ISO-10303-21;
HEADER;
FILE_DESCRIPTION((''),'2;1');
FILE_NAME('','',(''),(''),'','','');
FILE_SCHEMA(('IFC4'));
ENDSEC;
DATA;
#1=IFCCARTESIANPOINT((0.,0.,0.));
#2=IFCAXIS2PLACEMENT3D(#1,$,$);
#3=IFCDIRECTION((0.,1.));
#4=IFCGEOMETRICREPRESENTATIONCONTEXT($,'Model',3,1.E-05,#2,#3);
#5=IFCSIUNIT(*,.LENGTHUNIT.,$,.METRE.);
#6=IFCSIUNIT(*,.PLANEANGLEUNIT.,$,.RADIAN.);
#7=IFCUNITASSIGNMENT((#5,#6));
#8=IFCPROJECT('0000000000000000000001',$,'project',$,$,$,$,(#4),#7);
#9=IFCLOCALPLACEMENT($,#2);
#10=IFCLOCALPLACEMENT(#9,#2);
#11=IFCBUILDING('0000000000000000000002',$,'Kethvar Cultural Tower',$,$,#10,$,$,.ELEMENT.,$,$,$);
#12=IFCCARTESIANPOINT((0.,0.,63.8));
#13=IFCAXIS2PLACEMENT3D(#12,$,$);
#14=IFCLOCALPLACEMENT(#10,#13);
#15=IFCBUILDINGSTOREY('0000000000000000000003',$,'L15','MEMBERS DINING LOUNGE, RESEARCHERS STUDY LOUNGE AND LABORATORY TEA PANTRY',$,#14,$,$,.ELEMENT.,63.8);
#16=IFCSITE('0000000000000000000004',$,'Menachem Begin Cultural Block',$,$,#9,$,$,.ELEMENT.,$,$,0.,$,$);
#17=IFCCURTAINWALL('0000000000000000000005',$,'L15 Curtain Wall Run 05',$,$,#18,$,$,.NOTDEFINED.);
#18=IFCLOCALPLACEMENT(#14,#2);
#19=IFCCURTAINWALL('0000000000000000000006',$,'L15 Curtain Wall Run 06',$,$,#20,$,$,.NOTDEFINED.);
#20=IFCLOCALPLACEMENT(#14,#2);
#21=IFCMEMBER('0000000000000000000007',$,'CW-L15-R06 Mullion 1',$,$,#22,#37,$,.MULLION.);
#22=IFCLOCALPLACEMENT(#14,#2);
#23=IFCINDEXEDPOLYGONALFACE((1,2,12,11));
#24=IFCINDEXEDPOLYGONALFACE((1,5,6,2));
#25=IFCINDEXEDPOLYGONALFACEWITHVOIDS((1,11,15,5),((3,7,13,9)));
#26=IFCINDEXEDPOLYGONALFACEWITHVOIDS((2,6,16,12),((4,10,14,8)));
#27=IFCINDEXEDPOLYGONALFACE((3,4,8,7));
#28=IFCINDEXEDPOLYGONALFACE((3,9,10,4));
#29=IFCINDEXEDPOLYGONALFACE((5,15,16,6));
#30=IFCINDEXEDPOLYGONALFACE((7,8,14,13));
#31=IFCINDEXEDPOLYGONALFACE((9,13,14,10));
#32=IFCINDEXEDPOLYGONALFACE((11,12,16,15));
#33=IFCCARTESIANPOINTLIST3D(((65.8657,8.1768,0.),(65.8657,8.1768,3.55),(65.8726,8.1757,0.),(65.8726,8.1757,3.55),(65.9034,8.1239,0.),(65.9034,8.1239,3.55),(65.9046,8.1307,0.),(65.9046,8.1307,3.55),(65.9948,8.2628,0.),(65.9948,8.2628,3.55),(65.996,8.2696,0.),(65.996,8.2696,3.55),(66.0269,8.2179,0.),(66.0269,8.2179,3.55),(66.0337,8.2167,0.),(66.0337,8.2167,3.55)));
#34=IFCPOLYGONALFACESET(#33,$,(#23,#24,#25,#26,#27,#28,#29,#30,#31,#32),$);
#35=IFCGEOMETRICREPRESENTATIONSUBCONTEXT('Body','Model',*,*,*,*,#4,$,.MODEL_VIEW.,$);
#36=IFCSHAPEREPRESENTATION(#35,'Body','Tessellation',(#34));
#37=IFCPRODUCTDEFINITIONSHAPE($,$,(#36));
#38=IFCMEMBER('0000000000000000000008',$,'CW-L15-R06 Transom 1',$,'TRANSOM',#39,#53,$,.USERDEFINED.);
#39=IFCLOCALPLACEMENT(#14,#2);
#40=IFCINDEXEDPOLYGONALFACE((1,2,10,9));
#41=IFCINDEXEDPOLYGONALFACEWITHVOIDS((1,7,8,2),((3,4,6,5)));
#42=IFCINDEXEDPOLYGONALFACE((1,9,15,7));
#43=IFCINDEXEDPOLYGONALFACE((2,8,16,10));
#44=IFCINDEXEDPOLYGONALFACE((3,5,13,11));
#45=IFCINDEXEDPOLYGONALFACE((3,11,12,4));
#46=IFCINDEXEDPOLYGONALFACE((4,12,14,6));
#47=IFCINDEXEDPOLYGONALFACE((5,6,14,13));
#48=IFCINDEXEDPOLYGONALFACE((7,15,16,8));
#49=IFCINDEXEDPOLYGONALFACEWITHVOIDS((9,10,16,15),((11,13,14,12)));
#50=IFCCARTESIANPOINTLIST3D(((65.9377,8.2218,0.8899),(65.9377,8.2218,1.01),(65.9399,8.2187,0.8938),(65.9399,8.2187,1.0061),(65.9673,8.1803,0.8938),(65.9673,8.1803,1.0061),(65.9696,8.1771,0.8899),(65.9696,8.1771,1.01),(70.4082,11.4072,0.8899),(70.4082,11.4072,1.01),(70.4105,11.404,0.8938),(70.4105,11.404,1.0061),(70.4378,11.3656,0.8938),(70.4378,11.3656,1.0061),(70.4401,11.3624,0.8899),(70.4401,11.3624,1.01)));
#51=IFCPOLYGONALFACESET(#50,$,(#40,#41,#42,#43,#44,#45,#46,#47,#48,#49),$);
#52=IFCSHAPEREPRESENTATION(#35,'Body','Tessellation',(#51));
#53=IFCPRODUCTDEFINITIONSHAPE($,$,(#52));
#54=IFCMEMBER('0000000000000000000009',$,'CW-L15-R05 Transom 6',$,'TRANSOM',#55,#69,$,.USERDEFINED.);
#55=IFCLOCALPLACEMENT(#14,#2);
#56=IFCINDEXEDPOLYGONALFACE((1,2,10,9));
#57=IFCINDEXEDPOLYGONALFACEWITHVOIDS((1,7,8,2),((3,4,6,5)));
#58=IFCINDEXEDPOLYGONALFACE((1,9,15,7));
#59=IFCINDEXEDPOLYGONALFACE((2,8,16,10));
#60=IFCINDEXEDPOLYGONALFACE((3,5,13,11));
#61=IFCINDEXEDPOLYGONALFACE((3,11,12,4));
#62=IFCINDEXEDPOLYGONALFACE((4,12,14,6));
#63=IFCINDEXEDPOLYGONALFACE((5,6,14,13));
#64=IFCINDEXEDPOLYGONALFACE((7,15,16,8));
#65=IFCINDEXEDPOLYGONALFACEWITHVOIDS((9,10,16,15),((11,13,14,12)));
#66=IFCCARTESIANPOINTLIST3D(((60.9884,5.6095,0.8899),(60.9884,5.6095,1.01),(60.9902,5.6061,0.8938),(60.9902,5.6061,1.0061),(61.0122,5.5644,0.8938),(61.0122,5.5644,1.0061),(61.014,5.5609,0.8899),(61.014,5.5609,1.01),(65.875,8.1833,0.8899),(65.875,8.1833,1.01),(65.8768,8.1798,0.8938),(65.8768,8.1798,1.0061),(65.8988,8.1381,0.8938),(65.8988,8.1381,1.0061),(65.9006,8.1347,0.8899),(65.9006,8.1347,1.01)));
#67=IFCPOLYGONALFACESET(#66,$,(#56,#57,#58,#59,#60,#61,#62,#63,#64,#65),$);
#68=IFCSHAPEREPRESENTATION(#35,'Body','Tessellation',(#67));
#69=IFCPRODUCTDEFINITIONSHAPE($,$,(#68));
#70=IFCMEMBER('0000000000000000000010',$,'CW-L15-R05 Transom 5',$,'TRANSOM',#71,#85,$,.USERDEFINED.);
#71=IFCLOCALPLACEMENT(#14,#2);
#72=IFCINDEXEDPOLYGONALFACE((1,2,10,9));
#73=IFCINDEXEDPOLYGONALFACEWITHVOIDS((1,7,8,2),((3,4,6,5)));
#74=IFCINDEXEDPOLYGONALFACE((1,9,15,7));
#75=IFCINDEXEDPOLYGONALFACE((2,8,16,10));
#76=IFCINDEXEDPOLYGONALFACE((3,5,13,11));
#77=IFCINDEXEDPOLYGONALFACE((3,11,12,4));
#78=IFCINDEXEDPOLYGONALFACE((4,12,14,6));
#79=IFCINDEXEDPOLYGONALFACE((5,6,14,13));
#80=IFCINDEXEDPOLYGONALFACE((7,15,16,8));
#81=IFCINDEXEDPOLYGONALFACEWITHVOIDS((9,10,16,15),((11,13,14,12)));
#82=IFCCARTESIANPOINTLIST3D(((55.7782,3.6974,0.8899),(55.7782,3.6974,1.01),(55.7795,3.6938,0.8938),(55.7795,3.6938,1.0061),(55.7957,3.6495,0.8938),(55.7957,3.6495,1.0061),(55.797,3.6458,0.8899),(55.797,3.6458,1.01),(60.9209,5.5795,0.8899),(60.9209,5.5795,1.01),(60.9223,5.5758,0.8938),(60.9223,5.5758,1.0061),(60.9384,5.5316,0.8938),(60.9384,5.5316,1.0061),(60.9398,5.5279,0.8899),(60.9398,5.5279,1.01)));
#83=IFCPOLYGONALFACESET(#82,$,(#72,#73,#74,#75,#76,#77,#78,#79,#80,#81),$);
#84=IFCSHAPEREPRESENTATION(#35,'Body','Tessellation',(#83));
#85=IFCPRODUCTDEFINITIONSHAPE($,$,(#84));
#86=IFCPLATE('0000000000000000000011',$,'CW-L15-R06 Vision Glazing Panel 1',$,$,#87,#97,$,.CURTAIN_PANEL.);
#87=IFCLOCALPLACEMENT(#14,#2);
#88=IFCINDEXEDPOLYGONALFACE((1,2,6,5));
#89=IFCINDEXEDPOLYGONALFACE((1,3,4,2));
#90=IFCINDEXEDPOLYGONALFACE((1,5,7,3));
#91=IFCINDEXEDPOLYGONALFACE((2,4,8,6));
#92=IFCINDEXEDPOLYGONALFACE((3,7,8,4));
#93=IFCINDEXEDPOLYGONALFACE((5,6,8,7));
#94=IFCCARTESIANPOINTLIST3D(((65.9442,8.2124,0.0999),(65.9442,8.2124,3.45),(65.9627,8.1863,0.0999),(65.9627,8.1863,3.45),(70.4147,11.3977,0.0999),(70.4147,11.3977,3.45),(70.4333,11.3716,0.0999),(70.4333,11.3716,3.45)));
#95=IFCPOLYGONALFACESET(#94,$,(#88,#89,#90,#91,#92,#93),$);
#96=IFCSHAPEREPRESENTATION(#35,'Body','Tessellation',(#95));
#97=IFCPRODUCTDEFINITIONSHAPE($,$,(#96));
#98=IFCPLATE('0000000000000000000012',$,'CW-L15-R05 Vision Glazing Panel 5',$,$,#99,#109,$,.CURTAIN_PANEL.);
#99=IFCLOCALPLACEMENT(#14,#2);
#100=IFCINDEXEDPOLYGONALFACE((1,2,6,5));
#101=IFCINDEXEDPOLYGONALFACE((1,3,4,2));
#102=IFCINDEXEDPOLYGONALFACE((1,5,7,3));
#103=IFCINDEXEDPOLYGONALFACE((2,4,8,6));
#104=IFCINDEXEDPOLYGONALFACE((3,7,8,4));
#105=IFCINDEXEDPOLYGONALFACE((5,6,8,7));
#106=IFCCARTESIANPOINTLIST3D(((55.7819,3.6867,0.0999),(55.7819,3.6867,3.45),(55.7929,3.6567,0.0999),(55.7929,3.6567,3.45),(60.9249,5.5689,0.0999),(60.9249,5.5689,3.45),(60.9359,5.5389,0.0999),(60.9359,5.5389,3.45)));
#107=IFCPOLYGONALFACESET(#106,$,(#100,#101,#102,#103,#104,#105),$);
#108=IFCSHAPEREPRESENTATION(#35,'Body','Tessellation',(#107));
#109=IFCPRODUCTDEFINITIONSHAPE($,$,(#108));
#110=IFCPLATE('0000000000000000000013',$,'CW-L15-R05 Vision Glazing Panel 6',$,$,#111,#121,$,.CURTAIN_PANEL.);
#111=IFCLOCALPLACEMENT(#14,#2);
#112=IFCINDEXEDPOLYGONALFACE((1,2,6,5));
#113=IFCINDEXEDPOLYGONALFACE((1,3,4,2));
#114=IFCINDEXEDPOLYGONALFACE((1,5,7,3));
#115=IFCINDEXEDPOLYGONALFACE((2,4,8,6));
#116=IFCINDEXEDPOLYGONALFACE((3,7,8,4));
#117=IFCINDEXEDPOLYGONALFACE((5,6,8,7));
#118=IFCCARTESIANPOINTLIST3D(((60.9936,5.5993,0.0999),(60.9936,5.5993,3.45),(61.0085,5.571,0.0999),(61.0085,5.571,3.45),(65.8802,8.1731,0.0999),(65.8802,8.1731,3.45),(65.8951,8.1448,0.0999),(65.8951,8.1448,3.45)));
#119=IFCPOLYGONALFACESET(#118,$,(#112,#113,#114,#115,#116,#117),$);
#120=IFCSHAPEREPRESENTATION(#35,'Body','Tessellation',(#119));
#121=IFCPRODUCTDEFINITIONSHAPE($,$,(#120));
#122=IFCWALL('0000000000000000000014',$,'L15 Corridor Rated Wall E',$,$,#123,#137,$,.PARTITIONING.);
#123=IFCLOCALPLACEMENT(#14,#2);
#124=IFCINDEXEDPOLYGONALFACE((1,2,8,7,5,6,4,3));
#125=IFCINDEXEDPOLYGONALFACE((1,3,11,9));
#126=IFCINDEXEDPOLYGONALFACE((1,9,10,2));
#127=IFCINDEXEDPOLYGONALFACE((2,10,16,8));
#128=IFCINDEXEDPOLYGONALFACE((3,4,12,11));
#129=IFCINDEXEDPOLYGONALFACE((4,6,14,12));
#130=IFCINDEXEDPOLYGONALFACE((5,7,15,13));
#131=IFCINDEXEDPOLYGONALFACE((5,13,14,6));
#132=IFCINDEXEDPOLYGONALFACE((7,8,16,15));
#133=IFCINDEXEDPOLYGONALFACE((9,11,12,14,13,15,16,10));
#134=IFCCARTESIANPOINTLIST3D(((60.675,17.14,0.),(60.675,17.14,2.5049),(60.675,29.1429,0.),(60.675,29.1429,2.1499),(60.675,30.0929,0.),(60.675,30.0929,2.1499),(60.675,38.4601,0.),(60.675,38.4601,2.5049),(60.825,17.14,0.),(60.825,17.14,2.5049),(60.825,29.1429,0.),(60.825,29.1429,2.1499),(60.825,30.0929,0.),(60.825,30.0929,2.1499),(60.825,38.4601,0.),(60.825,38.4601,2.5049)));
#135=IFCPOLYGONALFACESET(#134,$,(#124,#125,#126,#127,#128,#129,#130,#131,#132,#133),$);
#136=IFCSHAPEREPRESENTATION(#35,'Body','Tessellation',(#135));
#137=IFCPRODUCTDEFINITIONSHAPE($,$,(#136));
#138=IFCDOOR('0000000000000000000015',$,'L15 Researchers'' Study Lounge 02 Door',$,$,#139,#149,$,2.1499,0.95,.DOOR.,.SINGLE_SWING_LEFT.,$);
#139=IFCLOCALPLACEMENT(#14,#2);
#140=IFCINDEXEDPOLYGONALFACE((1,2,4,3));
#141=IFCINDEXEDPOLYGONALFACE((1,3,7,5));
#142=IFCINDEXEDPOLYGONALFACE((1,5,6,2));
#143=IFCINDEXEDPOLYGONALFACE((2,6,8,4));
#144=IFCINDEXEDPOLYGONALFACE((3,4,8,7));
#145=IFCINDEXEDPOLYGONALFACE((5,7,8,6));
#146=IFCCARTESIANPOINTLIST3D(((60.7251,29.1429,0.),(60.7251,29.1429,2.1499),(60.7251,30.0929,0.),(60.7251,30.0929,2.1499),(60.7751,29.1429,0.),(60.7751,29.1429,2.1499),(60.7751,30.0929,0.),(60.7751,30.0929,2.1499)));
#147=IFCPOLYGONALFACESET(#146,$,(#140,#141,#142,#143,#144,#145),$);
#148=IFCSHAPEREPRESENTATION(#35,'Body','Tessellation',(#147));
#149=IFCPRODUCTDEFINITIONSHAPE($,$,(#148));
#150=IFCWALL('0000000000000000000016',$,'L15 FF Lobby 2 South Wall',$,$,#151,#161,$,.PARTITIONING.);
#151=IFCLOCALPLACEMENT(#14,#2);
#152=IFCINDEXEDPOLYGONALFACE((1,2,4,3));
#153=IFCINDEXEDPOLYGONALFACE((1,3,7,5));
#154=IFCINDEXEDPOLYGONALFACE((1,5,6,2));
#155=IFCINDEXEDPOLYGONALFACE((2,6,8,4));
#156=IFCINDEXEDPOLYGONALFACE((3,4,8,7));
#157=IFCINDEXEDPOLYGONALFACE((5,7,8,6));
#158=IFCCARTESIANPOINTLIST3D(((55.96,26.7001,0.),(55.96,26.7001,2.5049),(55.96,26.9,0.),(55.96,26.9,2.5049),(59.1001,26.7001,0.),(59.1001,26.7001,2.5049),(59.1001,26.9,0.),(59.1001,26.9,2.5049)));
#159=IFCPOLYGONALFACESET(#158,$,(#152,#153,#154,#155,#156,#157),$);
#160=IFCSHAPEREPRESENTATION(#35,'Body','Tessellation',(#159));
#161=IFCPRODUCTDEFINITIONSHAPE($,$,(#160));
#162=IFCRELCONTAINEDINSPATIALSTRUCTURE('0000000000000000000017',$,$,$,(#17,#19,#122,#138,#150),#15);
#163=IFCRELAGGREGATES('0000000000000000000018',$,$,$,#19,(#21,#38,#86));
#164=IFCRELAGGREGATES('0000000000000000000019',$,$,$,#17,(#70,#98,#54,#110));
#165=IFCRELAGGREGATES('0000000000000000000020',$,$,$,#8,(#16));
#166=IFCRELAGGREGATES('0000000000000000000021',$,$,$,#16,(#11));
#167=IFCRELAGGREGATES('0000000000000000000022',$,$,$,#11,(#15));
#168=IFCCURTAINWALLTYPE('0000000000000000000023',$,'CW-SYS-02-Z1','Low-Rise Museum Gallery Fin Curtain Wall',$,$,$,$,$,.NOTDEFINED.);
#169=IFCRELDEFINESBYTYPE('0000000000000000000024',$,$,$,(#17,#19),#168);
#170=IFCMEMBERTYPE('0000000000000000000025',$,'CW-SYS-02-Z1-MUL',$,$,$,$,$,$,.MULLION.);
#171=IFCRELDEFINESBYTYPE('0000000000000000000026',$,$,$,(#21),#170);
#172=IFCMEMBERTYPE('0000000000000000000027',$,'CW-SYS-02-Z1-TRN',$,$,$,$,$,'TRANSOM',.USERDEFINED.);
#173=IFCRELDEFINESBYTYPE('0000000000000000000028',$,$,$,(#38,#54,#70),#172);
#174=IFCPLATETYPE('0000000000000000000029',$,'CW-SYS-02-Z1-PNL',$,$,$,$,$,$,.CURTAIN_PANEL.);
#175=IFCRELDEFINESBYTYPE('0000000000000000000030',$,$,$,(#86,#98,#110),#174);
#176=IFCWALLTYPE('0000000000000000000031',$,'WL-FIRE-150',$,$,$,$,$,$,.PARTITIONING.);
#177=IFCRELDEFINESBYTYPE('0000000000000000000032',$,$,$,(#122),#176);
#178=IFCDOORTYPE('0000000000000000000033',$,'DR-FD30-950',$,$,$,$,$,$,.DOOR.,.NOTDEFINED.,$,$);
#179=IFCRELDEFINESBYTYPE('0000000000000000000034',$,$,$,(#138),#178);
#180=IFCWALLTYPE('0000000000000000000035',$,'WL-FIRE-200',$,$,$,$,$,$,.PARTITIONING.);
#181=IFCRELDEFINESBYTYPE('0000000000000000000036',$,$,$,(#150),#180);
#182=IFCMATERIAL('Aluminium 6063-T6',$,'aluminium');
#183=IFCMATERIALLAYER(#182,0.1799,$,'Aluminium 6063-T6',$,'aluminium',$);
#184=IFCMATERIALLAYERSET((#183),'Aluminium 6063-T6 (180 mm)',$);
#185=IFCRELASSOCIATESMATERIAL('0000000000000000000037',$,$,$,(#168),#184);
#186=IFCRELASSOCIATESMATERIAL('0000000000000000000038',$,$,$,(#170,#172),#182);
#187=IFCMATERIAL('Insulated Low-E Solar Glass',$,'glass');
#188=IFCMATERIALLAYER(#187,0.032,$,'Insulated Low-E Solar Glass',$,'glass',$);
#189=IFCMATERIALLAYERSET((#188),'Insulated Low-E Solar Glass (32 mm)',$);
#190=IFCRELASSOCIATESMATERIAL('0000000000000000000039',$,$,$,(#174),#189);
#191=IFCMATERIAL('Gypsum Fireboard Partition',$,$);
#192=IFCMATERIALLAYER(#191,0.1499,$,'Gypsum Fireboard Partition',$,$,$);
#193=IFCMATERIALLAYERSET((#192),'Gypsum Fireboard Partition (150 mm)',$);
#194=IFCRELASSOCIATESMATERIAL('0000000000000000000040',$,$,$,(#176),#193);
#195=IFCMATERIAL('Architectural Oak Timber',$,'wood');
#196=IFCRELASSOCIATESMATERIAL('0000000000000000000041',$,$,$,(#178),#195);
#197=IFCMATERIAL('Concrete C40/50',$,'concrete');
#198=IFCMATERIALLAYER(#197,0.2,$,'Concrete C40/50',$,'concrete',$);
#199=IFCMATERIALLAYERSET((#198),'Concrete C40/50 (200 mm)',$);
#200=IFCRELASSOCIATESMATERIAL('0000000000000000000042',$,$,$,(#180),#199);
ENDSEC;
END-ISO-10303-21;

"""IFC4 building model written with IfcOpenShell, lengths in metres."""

from ifc_helpers import new_model, si_unit, direction, frame, frame_2d, origin, origin_2d, place, context, subcontext, project, spatial, rectangle, hollow_rectangle, extrude, source, transform, mapped, material, layer, layer_set, material_profile, profile_set, type_object, element, fill, aggregate, save


model = new_model("IFC4")

# Units and contexts
model_context = context("Model", 3, precision=1e-05, world=origin(), true_north=direction((0.0, 1.0)))
body_context = subcontext(model_context, "Body", "Model", "MODEL_VIEW")
ifc_project = project(units=[si_unit("LENGTHUNIT", "METRE"), si_unit("PLANEANGLEUNIT", "RADIAN")], contexts=[model_context])

# Site, building, storey
site_placement = place(None, origin())
site = spatial("IfcSite", under=ifc_project, at=site_placement, Name="Menachem Begin Cultural Block", CompositionType="ELEMENT", RefElevation=0.0)
building_placement = place(site_placement, origin())
building = spatial("IfcBuilding", under=site, at=building_placement, Name="Kethvar Cultural Tower", CompositionType="ELEMENT")
storey_placement = place(building_placement, frame((0.0, 0.0, 63.8)))
storey = spatial("IfcBuildingStorey", under=building, at=storey_placement, Name="L15", Description="MEMBERS DINING LOUNGE, RESEARCHERS STUDY LOUNGE AND LABORATORY TEA PANTRY", CompositionType="ELEMENT", Elevation=63.8)

# Curtain walls, members
ifc_material_1 = material(Name="Aluminium 6063-T6", Category="aluminium")
ifc_layer_1 = layer(ifc_material_1, 0.1799, Name="Aluminium 6063-T6", Category="aluminium")
ifc_layer_set_1 = layer_set([ifc_layer_1], Name="Aluminium 6063-T6 (180 mm)")
curtain_wall_type = type_object("IfcCurtainWallType", Name="CW-SYS-02-Z1", Description="Low-Rise Museum Gallery Fin Curtain Wall", PredefinedType="NOTDEFINED", material=ifc_layer_set_1)
curtain_wall_1_placement = place(storey_placement, origin())
curtain_wall_1 = element("IfcCurtainWall", 1, at=curtain_wall_1_placement, inside=storey, type_object=curtain_wall_type, Name="L15 Curtain Wall Run 05", PredefinedType="NOTDEFINED")
ifc_material_profile_1 = material_profile(ifc_material_1, hollow_rectangle(XDim=0.0649, YDim=0.1599, WallThickness=0.0049, at=origin_2d()), Name="Aluminium 6063-T6 — RHS160x65x5")
ifc_profile_set_1 = profile_set([ifc_material_profile_1], Name="Aluminium 6063-T6 — RHS160x65x5")
member_type_1 = type_object("IfcMemberType", Name="CW-SYS-02-Z1-MUL", PredefinedType="MULLION", material=ifc_profile_set_1)
shared_shape_1 = source(origin(), body_context, "Body", "SweptSolid", [
    extrude(hollow_rectangle(XDim=0.0649, YDim=0.1599, WallThickness=0.0049, at=origin_2d()), origin(), (0.0, 0.0, 1.0), 3.55),
])
curtain_wall_2_placement = place(storey_placement, origin())
curtain_wall_2 = element("IfcCurtainWall", 2, at=curtain_wall_2_placement, inside=storey, type_object=curtain_wall_type, Name="L15 Curtain Wall Run 06", PredefinedType="NOTDEFINED")
member_1_placement = place(storey_placement, frame((65.9497, 8.1968, 0.0), z_axis=(0.0, 0.0, 1.0), x_axis=(-0.580277, 0.814419, 0.0)))
member_1 = element("IfcMember", 3, at=member_1_placement, type_object=member_type_1, Name="CW-L15-R06 Mullion 1", PredefinedType="MULLION", context=body_context, shape_type="MappedRepresentation", body=[
    mapped(shared_shape_1, transform((0.0, 0.0, 0.0), scale=1.0)),
])
ifc_material_profile_2 = material_profile(ifc_material_1, hollow_rectangle(XDim=0.0549, YDim=0.1201, WallThickness=0.0039, at=origin_2d()), Name="Aluminium 6063-T6 — RHS120x55x4")
ifc_profile_set_2 = profile_set([ifc_material_profile_2], Name="Aluminium 6063-T6 — RHS120x55x4")
member_type_2 = type_object("IfcMemberType", Name="CW-SYS-02-Z1-TRN", ElementType="TRANSOM", PredefinedType="USERDEFINED", material=ifc_profile_set_2)
shared_shape_2 = source(origin(), body_context, "Body", "SweptSolid", [
    extrude(hollow_rectangle(XDim=0.0549, YDim=0.1201, WallThickness=0.0039, at=origin_2d()), origin(), (0.0, 0.0, 1.0), 5.4893),
])
member_2_placement = place(storey_placement, frame((65.9536, 8.1995, 0.95), z_axis=(0.814412, 0.580287, 0.0), x_axis=(-0.580287, 0.814412, 0.0)))
member_2 = element("IfcMember", 4, at=member_2_placement, type_object=member_type_2, Name="CW-L15-R06 Transom 1", ObjectType="TRANSOM", PredefinedType="USERDEFINED", context=body_context, shape_type="MappedRepresentation", body=[
    mapped(shared_shape_2, transform((0.0, 0.0, 0.0), scale=1.0)),
])

# Members
shared_shape_3 = source(origin(), body_context, "Body", "SweptSolid", [
    extrude(hollow_rectangle(XDim=0.0549, YDim=0.1201, WallThickness=0.0039, at=origin_2d()), origin(), (0.0, 0.0, 1.0), 5.5229),
])
member_3_placement = place(storey_placement, frame((61.0012, 5.5852, 0.95), z_axis=(0.884776, 0.466016, 0.0), x_axis=(-0.466016, 0.884776, 0.0)))
member_3 = element("IfcMember", 5, at=member_3_placement, type_object=member_type_2, Name="CW-L15-R05 Transom 6", ObjectType="TRANSOM", PredefinedType="USERDEFINED", context=body_context, shape_type="MappedRepresentation", body=[
    mapped(shared_shape_3, transform((0.0, 0.0, 0.0), scale=1.0)),
])
shared_shape_4 = source(origin(), body_context, "Body", "SweptSolid", [
    extrude(hollow_rectangle(XDim=0.0549, YDim=0.1201, WallThickness=0.0039, at=origin_2d()), origin(), (0.0, 0.0, 1.0), 5.4763),
])
member_4_placement = place(storey_placement, frame((55.7876, 3.6716, 0.95), z_axis=(0.93909, 0.343672, 0.0), x_axis=(-0.343672, 0.93909, 0.0)))
member_4 = element("IfcMember", 6, at=member_4_placement, type_object=member_type_2, Name="CW-L15-R05 Transom 5", ObjectType="TRANSOM", PredefinedType="USERDEFINED", context=body_context, shape_type="MappedRepresentation", body=[
    mapped(shared_shape_4, transform((0.0, 0.0, 0.0), scale=1.0)),
])

# Plates
ifc_material_2 = material(Name="Insulated Low-E Solar Glass", Category="glass")
ifc_layer_2 = layer(ifc_material_2, 0.032, Name="Insulated Low-E Solar Glass", Category="glass")
ifc_layer_set_2 = layer_set([ifc_layer_2], Name="Insulated Low-E Solar Glass (32 mm)")
plate_type = type_object("IfcPlateType", Name="CW-SYS-02-Z1-PNL", PredefinedType="CURTAIN_PANEL", material=ifc_layer_set_2)
shared_shape_5 = source(origin(), body_context, "Body", "SweptSolid", [
    extrude(rectangle(XDim=5.4893, YDim=0.032, at=origin_2d()), origin(), (0.0, 0.0, 1.0), 3.3501),
])
plate_1_placement = place(storey_placement, frame((68.1887, 9.792, 0.0999), z_axis=(0.0, 0.0, 1.0), x_axis=(0.814419, 0.580277, 0.0)))
plate_1 = element("IfcPlate", 7, at=plate_1_placement, type_object=plate_type, Name="CW-L15-R06 Vision Glazing Panel 1", PredefinedType="CURTAIN_PANEL", context=body_context, shape_type="MappedRepresentation", body=[
    mapped(shared_shape_5, transform((0.0, 0.0, 0.0), scale=1.0)),
])
aggregate(curtain_wall_2, [member_1, member_2, plate_1])
shared_shape_6 = source(origin(), body_context, "Body", "SweptSolid", [
    extrude(rectangle(XDim=5.4766, YDim=0.032, at=origin_2d()), origin(), (0.0, 0.0, 1.0), 3.3501),
])
plate_2_placement = place(storey_placement, frame((58.3589, 4.6128, 0.0999), z_axis=(0.0, 0.0, 1.0), x_axis=(0.939088, 0.343676, 0.0)))
plate_2 = element("IfcPlate", 8, at=plate_2_placement, type_object=plate_type, Name="CW-L15-R05 Vision Glazing Panel 5", PredefinedType="CURTAIN_PANEL", context=body_context, shape_type="MappedRepresentation", body=[
    mapped(shared_shape_6, transform((0.0, 0.0, 0.0), scale=1.0)),
])
shared_shape_7 = source(origin(), body_context, "Body", "SweptSolid", [
    extrude(rectangle(XDim=5.5229, YDim=0.032, at=origin_2d()), origin(), (0.0, 0.0, 1.0), 3.3501),
])
plate_3_placement = place(storey_placement, frame((63.4443, 6.8721, 0.0999), z_axis=(0.0, 0.0, 1.0), x_axis=(0.884776, 0.466016, 0.0)))
plate_3 = element("IfcPlate", 9, at=plate_3_placement, type_object=plate_type, Name="CW-L15-R05 Vision Glazing Panel 6", PredefinedType="CURTAIN_PANEL", context=body_context, shape_type="MappedRepresentation", body=[
    mapped(shared_shape_7, transform((0.0, 0.0, 0.0), scale=1.0)),
])
aggregate(curtain_wall_1, [member_4, plate_2, member_3, plate_3])

# Wall, opening, door
ifc_material_3 = material(Name="Gypsum Fireboard Partition")
ifc_layer_3 = layer(ifc_material_3, 0.1499, Name="Gypsum Fireboard Partition")
ifc_layer_set_3 = layer_set([ifc_layer_3], Name="Gypsum Fireboard Partition (150 mm)")
wall_type_1 = type_object("IfcWallType", Name="WL-FIRE-150", PredefinedType="PARTITIONING", material=ifc_layer_set_3)
wall_1_placement = place(storey_placement, frame((60.75, 17.1399, 0.0), z_axis=(0.0, 0.0, 1.0), x_axis=(0.0, 1.0, 0.0)))
wall_1 = element("IfcWall", 10, at=wall_1_placement, inside=storey, type_object=wall_type_1, Name="L15 Corridor Rated Wall E", PredefinedType="PARTITIONING", context=body_context, shape_type="SweptSolid", body=[
    extrude(rectangle(XDim=21.3201, YDim=0.1499, at=frame_2d((10.6602, 0.0))), origin(), (0.0, 0.0, 1.0), 2.5049),
])
opening_1_placement = place(wall_1_placement, frame((12.0029, 0.0, 0.0)))
opening_1 = element("IfcOpeningElement", 11, at=opening_1_placement, cuts=wall_1, PredefinedType="OPENING", context=body_context, shape_type="SweptSolid", body=[
    extrude(rectangle(XDim=0.95, YDim=2.1499, at=frame_2d((0.4751, 1.075))), frame((0.0, 0.085, 0.0), z_axis=(0.0, -1.0, 0.0), x_axis=(1.0, 0.0, 0.0)), (0.0, 0.0, 1.0), 0.1699),
])
ifc_material_4 = material(Name="Architectural Oak Timber", Category="wood")
door_type_1 = type_object("IfcDoorType", Name="DR-FD30-950", OperationType="NOTDEFINED", PredefinedType="DOOR", material=ifc_material_4)
shared_shape_8 = source(origin(), body_context, "Body", "SweptSolid", [
    extrude(rectangle(XDim=0.95, YDim=2.1499, at=frame_2d((0.4751, 1.075))), frame((0.0, 0.0249, 0.0), z_axis=(0.0, -1.0, 0.0), x_axis=(1.0, 0.0, 0.0)), (0.0, 0.0, 1.0), 0.05),
])
door_1_placement = place(opening_1_placement, origin())
door_1 = element("IfcDoor", 12, at=door_1_placement, inside=storey, type_object=door_type_1, Name="L15 Researchers' Study Lounge 02 Door", OperationType="SINGLE_SWING_LEFT", OverallHeight=2.1499, OverallWidth=0.95, PredefinedType="DOOR", context=body_context, shape_type="MappedRepresentation", body=[
    mapped(shared_shape_8, transform((0.0, 0.0, 0.0), scale=1.0)),
])
fill(opening_1, door_1)
ifc_material_5 = material(Name="Concrete C40/50", Category="concrete")
ifc_layer_4 = layer(ifc_material_5, 0.2, Name="Concrete C40/50", Category="concrete")
ifc_layer_set_4 = layer_set([ifc_layer_4], Name="Concrete C40/50 (200 mm)")
wall_type_2 = type_object("IfcWallType", Name="WL-FIRE-200", PredefinedType="PARTITIONING", material=ifc_layer_set_4)

# Wall
wall_2_placement = place(storey_placement, frame((55.96, 26.8, 0.0), z_axis=(0.0, 0.0, 1.0), x_axis=(1.0, 0.0, 0.0)))
element("IfcWall", 13, at=wall_2_placement, inside=storey, type_object=wall_type_2, Name="L15 FF Lobby 2 South Wall", PredefinedType="PARTITIONING", context=body_context, shape_type="SweptSolid", body=[
    extrude(rectangle(XDim=3.1401, YDim=0.2, at=frame_2d((1.5701, 0.0))), origin(), (0.0, 0.0, 1.0), 2.5049),
])

save(model, "model.ifc")
